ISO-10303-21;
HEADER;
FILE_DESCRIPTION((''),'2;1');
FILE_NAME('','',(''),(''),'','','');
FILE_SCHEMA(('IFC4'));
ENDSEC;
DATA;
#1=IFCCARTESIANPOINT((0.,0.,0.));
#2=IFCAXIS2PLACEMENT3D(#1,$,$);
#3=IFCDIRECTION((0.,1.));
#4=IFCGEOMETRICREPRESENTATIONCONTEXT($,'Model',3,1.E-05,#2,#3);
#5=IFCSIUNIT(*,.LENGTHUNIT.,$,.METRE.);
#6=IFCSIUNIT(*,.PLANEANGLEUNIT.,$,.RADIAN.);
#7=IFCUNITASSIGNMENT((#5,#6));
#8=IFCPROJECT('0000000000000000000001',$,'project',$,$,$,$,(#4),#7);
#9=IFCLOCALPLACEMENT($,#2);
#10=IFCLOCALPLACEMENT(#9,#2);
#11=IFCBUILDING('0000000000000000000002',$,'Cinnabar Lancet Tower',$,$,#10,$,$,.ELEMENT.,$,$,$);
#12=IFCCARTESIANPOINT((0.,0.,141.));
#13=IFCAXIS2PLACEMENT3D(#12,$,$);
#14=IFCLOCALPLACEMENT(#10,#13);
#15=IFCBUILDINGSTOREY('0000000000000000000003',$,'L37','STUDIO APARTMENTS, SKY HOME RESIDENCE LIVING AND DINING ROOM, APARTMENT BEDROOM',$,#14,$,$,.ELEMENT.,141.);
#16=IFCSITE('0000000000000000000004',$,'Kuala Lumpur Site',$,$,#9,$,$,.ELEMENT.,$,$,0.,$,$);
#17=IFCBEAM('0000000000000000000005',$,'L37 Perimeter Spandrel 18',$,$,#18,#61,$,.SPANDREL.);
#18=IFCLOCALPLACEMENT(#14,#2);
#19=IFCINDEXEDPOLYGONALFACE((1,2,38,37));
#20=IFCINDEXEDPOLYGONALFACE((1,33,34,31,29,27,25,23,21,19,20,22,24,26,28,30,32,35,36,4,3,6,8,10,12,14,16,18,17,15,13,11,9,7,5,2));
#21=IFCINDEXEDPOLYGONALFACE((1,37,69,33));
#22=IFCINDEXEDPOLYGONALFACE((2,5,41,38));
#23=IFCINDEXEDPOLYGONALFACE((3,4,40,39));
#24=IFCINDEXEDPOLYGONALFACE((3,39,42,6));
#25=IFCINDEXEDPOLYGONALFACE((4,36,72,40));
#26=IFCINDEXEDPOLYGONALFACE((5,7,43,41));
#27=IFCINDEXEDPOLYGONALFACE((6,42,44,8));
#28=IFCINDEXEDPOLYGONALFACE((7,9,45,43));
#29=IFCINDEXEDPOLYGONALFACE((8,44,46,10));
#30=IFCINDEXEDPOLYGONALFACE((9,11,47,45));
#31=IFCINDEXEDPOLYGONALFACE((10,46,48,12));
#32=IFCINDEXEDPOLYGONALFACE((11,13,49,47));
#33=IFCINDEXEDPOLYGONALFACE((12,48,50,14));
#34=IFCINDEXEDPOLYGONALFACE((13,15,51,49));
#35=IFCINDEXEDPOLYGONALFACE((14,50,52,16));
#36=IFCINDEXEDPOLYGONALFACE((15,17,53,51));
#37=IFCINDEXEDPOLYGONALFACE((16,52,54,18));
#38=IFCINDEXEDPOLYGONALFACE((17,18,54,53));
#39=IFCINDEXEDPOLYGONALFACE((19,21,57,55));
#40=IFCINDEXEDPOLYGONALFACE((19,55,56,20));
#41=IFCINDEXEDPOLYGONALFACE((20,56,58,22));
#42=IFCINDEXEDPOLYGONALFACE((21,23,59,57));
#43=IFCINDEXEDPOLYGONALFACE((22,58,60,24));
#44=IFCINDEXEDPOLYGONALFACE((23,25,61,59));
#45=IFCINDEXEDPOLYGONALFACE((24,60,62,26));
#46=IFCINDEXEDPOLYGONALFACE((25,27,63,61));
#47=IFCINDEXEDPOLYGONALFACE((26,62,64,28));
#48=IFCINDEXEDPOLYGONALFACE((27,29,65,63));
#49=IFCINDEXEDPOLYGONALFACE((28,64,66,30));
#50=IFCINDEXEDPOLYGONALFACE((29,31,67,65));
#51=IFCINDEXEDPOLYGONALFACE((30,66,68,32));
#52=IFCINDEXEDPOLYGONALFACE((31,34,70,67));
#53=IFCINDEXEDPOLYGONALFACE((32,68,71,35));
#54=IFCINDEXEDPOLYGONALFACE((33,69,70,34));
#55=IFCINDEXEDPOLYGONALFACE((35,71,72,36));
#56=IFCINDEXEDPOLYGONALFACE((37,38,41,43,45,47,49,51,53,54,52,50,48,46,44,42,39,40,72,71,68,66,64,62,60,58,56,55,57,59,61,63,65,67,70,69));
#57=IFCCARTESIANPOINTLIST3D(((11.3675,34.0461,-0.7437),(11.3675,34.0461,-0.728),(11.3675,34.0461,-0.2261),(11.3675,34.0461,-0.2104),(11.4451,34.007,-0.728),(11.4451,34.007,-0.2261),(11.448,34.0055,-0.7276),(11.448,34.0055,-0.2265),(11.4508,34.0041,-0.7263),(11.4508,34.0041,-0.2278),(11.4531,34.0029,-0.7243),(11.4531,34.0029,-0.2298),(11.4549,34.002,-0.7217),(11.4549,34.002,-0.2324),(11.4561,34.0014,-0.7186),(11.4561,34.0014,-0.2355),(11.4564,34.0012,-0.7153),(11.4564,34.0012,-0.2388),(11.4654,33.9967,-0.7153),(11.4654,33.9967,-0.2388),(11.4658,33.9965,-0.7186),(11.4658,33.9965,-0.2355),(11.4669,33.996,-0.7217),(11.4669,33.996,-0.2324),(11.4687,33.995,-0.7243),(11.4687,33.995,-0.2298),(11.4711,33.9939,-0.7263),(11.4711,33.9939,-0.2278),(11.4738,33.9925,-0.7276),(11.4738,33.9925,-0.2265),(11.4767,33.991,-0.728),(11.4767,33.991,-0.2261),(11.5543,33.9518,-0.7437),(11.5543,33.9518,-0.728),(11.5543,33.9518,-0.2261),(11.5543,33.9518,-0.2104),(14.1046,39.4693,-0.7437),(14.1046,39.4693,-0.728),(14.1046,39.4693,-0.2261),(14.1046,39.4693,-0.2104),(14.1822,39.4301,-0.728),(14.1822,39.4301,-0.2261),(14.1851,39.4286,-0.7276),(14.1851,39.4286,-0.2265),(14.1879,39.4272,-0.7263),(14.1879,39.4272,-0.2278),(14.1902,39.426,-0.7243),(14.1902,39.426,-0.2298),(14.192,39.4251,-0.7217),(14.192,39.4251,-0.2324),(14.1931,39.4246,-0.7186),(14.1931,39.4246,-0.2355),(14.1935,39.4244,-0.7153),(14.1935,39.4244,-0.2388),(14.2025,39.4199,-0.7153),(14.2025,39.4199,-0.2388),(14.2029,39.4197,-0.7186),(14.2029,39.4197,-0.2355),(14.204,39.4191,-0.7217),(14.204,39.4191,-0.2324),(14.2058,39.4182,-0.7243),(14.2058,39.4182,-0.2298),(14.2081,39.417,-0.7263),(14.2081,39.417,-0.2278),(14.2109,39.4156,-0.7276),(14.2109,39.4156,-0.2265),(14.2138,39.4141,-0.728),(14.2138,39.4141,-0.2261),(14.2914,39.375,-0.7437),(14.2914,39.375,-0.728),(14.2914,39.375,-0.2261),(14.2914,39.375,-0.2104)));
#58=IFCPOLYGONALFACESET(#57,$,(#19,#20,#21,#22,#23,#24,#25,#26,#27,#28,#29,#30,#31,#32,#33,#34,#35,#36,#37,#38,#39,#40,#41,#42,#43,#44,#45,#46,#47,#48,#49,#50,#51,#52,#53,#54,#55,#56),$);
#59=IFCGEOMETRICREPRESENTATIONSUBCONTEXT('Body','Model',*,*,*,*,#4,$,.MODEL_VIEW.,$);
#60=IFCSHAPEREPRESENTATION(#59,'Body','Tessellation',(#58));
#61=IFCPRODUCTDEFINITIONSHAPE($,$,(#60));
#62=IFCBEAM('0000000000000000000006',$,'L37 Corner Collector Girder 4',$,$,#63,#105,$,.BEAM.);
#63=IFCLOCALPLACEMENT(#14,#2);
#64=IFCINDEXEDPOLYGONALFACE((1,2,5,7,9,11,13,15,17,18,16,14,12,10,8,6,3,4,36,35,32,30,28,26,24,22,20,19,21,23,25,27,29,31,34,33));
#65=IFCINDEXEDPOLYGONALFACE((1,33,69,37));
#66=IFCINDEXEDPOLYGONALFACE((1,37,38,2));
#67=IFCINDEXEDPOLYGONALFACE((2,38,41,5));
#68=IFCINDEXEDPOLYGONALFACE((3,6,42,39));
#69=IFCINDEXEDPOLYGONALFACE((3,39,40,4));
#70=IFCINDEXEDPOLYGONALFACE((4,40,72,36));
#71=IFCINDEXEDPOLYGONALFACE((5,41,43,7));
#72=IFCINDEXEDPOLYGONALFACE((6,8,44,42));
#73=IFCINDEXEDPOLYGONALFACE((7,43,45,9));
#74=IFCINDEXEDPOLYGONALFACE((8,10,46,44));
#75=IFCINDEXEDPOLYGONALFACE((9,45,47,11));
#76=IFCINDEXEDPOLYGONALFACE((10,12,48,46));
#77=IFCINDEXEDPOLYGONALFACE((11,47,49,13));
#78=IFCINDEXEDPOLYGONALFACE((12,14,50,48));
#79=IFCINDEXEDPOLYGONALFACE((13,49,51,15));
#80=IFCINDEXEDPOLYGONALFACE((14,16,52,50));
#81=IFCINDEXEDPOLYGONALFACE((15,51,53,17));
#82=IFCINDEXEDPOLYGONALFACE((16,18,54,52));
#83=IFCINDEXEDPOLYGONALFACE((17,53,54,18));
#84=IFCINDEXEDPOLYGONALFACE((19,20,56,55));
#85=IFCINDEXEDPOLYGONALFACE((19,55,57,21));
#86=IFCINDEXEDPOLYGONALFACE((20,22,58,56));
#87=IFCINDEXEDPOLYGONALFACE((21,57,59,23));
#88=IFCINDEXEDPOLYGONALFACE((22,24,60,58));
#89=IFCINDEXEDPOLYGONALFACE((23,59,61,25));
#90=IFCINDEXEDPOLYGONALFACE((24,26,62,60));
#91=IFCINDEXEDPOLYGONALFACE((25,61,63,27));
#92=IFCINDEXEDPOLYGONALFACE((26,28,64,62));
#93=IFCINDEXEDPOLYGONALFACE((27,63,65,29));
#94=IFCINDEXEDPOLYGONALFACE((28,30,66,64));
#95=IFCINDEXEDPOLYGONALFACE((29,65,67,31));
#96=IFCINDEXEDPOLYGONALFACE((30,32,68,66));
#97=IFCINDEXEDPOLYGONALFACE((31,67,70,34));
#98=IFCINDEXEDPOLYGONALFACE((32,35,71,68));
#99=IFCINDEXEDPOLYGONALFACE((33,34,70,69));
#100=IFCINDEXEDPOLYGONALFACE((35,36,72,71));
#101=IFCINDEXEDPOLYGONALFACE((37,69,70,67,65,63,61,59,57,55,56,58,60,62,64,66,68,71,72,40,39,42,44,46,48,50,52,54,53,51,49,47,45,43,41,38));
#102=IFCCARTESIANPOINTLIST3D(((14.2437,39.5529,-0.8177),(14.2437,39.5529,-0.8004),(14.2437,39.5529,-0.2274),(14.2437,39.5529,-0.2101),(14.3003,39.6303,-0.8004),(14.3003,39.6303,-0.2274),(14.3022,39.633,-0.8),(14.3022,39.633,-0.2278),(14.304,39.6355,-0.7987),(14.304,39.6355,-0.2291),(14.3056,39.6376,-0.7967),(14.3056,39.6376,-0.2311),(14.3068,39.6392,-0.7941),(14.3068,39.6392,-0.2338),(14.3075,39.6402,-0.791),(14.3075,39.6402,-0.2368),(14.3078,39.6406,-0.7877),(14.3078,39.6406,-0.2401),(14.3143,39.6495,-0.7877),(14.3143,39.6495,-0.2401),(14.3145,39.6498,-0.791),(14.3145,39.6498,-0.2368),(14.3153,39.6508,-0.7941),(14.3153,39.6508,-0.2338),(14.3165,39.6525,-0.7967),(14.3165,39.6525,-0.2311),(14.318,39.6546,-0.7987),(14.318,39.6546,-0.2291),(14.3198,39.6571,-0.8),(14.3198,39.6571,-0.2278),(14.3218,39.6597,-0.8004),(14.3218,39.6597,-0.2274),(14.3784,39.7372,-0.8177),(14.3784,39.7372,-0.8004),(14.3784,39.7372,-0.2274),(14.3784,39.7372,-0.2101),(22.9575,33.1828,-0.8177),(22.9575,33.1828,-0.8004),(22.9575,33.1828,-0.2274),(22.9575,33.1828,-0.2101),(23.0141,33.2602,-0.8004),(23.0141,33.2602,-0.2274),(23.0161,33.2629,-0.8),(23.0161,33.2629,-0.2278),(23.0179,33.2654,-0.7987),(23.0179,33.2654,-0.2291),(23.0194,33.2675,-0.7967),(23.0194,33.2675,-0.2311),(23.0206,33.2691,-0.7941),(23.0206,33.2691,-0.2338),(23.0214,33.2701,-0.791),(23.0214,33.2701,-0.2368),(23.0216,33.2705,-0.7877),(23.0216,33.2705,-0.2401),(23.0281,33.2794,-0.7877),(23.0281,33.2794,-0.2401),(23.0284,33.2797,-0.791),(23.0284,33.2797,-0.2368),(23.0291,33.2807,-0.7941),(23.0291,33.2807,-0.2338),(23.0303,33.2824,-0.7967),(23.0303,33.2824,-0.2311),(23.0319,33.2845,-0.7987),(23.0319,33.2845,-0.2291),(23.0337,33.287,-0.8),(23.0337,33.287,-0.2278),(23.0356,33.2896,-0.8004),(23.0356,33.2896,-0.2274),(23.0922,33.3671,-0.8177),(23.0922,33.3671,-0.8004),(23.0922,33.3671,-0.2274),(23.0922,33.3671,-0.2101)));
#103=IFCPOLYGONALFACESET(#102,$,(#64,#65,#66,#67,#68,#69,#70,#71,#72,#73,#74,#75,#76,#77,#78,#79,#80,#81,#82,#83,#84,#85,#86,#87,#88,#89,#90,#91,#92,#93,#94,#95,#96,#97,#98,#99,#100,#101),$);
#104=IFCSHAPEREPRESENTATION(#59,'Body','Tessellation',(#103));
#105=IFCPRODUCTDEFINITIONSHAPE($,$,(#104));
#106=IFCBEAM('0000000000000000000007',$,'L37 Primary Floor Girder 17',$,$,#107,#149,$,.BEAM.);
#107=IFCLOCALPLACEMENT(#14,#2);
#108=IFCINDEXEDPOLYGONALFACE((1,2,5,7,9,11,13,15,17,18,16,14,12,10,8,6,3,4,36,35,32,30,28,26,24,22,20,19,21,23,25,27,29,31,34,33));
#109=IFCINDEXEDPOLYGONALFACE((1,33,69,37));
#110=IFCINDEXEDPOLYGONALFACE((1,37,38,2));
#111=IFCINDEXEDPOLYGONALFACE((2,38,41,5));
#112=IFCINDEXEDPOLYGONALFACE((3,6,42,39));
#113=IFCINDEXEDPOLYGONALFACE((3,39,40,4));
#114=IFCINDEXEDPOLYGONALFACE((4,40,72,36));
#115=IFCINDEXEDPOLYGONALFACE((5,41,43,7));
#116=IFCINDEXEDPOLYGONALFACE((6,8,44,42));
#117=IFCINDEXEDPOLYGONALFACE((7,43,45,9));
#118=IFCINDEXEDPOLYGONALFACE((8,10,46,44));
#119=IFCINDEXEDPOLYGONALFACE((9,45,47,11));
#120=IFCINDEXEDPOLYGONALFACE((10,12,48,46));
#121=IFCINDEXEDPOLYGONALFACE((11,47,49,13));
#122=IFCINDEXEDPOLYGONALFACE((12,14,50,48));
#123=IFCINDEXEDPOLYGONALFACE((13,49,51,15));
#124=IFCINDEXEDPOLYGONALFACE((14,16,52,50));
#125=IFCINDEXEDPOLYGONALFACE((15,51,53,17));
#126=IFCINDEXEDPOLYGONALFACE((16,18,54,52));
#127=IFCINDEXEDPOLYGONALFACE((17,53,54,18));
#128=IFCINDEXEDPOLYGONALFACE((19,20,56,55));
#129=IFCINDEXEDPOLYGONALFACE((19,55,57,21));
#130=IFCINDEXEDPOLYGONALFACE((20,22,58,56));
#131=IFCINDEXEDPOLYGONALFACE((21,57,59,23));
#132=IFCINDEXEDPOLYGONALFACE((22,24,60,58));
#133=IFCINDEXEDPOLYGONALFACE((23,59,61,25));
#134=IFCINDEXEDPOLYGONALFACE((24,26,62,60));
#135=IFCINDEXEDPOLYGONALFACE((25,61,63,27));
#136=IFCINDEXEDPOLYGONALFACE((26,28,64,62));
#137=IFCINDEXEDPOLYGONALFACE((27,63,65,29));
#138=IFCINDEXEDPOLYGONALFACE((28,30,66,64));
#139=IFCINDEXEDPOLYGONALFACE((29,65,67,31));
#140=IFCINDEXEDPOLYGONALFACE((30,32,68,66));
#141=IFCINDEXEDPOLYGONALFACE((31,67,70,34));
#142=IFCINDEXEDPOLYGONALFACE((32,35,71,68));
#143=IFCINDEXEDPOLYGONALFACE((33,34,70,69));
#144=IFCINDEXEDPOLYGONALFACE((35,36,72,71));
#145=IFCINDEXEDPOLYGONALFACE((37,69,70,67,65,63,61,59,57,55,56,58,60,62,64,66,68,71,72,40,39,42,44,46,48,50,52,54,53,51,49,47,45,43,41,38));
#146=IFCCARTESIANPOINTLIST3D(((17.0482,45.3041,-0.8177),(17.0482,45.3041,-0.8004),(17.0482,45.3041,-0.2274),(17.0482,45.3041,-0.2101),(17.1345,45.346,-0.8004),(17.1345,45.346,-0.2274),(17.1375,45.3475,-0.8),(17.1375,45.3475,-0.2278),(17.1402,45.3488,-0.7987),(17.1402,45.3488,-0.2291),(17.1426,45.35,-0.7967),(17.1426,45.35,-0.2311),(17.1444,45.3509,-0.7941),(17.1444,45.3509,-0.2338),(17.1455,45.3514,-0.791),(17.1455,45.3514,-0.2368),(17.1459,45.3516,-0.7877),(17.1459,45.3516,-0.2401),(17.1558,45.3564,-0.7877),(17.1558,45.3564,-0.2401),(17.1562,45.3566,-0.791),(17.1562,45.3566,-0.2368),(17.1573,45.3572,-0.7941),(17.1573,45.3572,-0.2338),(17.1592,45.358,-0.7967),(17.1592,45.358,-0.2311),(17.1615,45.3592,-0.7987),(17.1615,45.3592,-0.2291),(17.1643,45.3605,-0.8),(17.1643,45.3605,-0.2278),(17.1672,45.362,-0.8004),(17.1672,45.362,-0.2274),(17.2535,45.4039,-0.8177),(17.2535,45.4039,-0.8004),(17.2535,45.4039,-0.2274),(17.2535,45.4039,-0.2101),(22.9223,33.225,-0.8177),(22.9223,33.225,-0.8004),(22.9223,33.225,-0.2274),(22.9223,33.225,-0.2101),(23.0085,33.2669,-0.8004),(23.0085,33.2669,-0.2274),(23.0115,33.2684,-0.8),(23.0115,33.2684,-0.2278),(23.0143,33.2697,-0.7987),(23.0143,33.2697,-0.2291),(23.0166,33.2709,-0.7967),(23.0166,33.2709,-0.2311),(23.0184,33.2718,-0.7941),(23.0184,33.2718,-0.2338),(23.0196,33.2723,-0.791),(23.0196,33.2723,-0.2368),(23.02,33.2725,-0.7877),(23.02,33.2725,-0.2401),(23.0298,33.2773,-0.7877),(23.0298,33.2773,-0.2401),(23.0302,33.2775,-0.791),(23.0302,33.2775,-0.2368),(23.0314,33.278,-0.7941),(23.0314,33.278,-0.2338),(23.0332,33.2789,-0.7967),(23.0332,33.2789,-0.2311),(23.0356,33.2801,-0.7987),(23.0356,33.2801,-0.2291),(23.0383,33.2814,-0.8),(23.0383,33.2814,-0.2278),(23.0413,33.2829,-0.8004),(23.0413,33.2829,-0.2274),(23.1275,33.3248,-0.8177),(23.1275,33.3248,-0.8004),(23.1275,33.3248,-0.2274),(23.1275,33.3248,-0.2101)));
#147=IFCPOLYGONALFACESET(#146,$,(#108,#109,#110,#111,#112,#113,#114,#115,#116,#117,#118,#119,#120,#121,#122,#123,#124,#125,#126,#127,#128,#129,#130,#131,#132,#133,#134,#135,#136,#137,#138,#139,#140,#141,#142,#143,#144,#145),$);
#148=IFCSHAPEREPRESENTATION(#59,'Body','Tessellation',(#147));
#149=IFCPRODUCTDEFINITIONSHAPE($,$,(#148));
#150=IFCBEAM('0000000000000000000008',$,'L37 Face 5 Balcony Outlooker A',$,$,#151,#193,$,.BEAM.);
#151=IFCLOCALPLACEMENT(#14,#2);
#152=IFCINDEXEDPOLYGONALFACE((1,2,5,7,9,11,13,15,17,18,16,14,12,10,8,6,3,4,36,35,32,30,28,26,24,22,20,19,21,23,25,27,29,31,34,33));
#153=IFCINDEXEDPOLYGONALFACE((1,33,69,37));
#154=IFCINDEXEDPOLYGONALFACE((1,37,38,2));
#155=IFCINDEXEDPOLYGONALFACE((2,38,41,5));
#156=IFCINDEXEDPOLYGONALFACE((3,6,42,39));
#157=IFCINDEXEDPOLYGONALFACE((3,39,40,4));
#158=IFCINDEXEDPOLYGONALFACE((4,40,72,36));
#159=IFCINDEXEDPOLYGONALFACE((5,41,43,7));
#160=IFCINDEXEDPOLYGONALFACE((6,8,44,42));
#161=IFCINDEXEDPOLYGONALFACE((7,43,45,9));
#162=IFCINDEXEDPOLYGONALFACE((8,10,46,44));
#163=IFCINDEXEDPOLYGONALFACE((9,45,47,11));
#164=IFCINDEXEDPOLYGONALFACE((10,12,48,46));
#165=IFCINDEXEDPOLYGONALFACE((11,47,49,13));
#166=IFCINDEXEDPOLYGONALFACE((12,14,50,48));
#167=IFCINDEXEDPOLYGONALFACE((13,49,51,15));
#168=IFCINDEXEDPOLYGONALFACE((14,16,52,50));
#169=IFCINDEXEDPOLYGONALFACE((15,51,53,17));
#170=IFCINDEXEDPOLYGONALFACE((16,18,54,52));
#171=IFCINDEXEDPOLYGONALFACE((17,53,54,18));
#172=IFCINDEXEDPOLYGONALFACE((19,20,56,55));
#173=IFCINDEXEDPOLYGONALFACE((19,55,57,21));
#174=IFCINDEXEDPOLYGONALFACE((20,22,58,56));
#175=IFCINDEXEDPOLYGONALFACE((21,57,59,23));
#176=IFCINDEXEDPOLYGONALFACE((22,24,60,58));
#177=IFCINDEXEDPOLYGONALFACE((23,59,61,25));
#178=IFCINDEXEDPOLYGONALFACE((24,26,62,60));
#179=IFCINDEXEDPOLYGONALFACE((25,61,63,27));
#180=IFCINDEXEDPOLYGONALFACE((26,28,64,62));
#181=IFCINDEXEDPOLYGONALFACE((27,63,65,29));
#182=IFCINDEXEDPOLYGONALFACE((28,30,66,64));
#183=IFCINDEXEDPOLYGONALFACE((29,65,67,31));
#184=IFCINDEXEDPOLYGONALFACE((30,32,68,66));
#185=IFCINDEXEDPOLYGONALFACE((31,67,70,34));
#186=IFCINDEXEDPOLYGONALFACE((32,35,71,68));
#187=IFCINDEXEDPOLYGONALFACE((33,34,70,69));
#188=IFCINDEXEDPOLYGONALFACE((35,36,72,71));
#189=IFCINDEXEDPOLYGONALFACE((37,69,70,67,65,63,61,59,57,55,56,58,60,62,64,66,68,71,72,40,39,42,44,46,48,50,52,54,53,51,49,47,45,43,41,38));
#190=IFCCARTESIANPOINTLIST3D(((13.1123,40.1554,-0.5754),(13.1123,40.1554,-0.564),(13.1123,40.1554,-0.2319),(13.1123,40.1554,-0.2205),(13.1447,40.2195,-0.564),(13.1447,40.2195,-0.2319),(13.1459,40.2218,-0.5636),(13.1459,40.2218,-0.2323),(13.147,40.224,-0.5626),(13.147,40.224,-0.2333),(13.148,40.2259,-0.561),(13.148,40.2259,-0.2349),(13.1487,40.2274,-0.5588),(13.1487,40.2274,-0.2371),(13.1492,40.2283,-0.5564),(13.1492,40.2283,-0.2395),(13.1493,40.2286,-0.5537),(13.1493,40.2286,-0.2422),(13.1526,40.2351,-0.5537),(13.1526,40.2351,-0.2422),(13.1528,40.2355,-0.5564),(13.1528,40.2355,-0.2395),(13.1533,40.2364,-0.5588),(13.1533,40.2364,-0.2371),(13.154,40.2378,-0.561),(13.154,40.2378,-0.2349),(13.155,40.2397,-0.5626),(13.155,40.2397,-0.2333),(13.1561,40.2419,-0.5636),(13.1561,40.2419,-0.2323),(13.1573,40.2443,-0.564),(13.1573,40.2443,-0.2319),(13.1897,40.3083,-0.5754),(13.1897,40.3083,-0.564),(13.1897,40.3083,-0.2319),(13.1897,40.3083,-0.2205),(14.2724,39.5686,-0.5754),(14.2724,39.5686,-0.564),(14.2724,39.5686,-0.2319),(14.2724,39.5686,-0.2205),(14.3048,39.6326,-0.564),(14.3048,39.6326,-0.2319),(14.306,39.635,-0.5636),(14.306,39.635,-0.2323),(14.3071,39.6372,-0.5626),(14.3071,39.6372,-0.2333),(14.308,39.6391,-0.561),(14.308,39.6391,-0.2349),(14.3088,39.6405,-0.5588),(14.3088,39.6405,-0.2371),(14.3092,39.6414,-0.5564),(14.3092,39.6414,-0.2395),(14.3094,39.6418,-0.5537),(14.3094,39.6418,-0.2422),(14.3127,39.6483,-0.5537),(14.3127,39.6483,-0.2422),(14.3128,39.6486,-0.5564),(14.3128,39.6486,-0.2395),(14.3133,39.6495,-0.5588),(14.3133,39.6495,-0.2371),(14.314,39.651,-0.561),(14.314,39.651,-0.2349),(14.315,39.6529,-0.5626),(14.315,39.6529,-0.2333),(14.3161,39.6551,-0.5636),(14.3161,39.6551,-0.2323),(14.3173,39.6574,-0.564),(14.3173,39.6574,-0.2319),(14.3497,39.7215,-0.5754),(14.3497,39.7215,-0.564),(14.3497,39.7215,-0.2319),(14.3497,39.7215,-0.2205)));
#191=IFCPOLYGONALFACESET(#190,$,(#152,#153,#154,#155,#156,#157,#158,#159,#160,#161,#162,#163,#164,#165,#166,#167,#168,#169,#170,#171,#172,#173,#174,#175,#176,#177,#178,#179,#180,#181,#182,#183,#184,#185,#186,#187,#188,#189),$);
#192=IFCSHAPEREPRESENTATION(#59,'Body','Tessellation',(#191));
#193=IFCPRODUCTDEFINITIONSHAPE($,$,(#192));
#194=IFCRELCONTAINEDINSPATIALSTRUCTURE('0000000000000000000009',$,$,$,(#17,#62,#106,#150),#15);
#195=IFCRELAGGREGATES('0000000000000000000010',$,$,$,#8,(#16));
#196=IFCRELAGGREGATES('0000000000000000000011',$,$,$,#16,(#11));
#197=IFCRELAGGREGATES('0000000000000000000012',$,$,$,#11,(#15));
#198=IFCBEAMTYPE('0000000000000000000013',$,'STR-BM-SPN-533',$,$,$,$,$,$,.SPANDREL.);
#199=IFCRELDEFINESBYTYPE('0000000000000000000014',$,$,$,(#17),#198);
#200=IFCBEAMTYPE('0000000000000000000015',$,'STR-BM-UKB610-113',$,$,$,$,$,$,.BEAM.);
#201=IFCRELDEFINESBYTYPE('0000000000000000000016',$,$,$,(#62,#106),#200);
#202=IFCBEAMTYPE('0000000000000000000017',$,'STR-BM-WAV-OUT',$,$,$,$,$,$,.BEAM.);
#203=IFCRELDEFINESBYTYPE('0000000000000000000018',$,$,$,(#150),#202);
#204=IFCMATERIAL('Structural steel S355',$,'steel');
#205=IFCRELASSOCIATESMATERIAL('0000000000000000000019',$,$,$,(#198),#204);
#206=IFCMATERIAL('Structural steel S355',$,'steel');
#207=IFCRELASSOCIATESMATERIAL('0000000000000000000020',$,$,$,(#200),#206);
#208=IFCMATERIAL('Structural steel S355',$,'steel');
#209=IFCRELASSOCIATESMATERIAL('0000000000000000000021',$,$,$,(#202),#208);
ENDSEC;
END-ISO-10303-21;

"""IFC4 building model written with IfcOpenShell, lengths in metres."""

from ifc_helpers import new_model, si_unit, direction, frame, origin, origin_2d, place, context, subcontext, project, spatial, i_section, extrude, material, material_profile, profile_set, type_object, element, save


model = new_model("IFC4")

# Units and contexts
model_context = context("Model", 3, precision=1e-05, world=origin(), true_north=direction((0.0, 1.0)))
body_context = subcontext(model_context, "Body", "Model", "MODEL_VIEW")
ifc_project = project(units=[si_unit("LENGTHUNIT", "METRE"), si_unit("PLANEANGLEUNIT", "RADIAN")], contexts=[model_context])

# Site, building, storey
site_placement = place(None, origin())
site = spatial("IfcSite", under=ifc_project, at=site_placement, Name="Kuala Lumpur Site", CompositionType="ELEMENT", RefElevation=0.0)
building_placement = place(site_placement, origin())
building = spatial("IfcBuilding", under=site, at=building_placement, Name="Cinnabar Lancet Tower", CompositionType="ELEMENT")
storey_placement = place(building_placement, frame((0.0, 0.0, 141.0)))
storey = spatial("IfcBuildingStorey", under=building, at=storey_placement, Name="L37", Description="STUDIO APARTMENTS, SKY HOME RESIDENCE LIVING AND DINING ROOM, APARTMENT BEDROOM", CompositionType="ELEMENT", Elevation=141.0)

# Beams
ifc_material_1 = material(Name="Structural steel S355", Category="steel")
ifc_material_profile_1 = material_profile(ifc_material_1, i_section(OverallWidth=0.2092, OverallDepth=0.5332, WebThickness=0.01, FlangeThickness=0.0156, FilletRadius=0.0127, at=origin_2d()), Name="UKB 533x210x92")
ifc_profile_set_1 = profile_set([ifc_material_profile_1], Name="Structural steel S355")
beam_type_1 = type_object("IfcBeamType", Name="STR-BM-SPN-533", PredefinedType="SPANDREL", material=ifc_profile_set_1)
beam_1_placement = place(storey_placement, frame((14.198, 39.4221, -0.4771), z_axis=(-0.45057, -0.892741, 0.0), x_axis=(0.892741, -0.45057, 0.0)))
element("IfcBeam", 1, at=beam_1_placement, inside=storey, type_object=beam_type_1, Name="L37 Perimeter Spandrel 18", PredefinedType="SPANDREL", context=body_context, shape_type="SweptSolid", body=[
    extrude(i_section(OverallWidth=0.2092, OverallDepth=0.5332, WebThickness=0.01, FlangeThickness=0.0156, FilletRadius=0.0127, at=origin_2d()), origin(), (0.0, 0.0, 1.0), 6.0747),
])
ifc_material_2 = material(Name="Structural steel S355", Category="steel")
ifc_material_profile_2 = material_profile(ifc_material_2, i_section(OverallWidth=0.2283, OverallDepth=0.6077, WebThickness=0.011, FlangeThickness=0.0173, FilletRadius=0.0127, at=origin_2d()), Name="UKB 610x229x113")
ifc_profile_set_2 = profile_set([ifc_material_profile_2], Name="Structural steel S355")
beam_type_2 = type_object("IfcBeamType", Name="STR-BM-UKB610-113", PredefinedType="BEAM", material=ifc_profile_set_2)
beam_2_placement = place(storey_placement, frame((14.311, 39.645, -0.5139), z_axis=(0.80729, -0.590155, 0.0), x_axis=(0.590155, 0.80729, 0.0)))
element("IfcBeam", 2, at=beam_2_placement, inside=storey, type_object=beam_type_2, Name="L37 Corner Collector Girder 4", PredefinedType="BEAM", context=body_context, shape_type="SweptSolid", body=[
    extrude(i_section(OverallWidth=0.2283, OverallDepth=0.6077, WebThickness=0.011, FlangeThickness=0.0173, FilletRadius=0.0127, at=origin_2d()), origin(), (0.0, 0.0, 1.0), 10.7939),
])
beam_3_placement = place(storey_placement, frame((17.1509, 45.354, -0.5139), z_axis=(0.437327, -0.899302, 0.0), x_axis=(0.899302, 0.437327, 0.0)))
element("IfcBeam", 3, at=beam_3_placement, inside=storey, type_object=beam_type_2, Name="L37 Primary Floor Girder 17", PredefinedType="BEAM", context=body_context, shape_type="SweptSolid", body=[
    extrude(i_section(OverallWidth=0.2283, OverallDepth=0.6077, WebThickness=0.011, FlangeThickness=0.0173, FilletRadius=0.0127, at=origin_2d()), origin(), (0.0, 0.0, 1.0), 13.4316),
])
ifc_material_3 = material(Name="Structural steel S355", Category="steel")
ifc_material_profile_3 = material_profile(ifc_material_3, i_section(OverallWidth=0.1714, OverallDepth=0.355, WebThickness=0.0073, FlangeThickness=0.0115, FilletRadius=0.0103, at=origin_2d()), Name="UKB 356x171x51")
ifc_profile_set_3 = profile_set([ifc_material_profile_3], Name="Structural steel S355")
beam_type_3 = type_object("IfcBeamType", Name="STR-BM-WAV-OUT", PredefinedType="BEAM", material=ifc_profile_set_3)
beam_4_placement = place(storey_placement, frame((14.311, 39.645, -0.3979), z_axis=(-0.892314, 0.451415, 0.0), x_axis=(-0.451415, -0.892314, 0.0)))
element("IfcBeam", 4, at=beam_4_placement, inside=storey, type_object=beam_type_3, Name="L37 Face 5 Balcony Outlooker A", PredefinedType="BEAM", context=body_context, shape_type="SweptSolid", body=[
    extrude(i_section(OverallWidth=0.1714, OverallDepth=0.355, WebThickness=0.0073, FlangeThickness=0.0115, FilletRadius=0.0103, at=origin_2d()), origin(), (0.0, 0.0, 1.0), 1.3),
])

save(model, "model.ifc")
